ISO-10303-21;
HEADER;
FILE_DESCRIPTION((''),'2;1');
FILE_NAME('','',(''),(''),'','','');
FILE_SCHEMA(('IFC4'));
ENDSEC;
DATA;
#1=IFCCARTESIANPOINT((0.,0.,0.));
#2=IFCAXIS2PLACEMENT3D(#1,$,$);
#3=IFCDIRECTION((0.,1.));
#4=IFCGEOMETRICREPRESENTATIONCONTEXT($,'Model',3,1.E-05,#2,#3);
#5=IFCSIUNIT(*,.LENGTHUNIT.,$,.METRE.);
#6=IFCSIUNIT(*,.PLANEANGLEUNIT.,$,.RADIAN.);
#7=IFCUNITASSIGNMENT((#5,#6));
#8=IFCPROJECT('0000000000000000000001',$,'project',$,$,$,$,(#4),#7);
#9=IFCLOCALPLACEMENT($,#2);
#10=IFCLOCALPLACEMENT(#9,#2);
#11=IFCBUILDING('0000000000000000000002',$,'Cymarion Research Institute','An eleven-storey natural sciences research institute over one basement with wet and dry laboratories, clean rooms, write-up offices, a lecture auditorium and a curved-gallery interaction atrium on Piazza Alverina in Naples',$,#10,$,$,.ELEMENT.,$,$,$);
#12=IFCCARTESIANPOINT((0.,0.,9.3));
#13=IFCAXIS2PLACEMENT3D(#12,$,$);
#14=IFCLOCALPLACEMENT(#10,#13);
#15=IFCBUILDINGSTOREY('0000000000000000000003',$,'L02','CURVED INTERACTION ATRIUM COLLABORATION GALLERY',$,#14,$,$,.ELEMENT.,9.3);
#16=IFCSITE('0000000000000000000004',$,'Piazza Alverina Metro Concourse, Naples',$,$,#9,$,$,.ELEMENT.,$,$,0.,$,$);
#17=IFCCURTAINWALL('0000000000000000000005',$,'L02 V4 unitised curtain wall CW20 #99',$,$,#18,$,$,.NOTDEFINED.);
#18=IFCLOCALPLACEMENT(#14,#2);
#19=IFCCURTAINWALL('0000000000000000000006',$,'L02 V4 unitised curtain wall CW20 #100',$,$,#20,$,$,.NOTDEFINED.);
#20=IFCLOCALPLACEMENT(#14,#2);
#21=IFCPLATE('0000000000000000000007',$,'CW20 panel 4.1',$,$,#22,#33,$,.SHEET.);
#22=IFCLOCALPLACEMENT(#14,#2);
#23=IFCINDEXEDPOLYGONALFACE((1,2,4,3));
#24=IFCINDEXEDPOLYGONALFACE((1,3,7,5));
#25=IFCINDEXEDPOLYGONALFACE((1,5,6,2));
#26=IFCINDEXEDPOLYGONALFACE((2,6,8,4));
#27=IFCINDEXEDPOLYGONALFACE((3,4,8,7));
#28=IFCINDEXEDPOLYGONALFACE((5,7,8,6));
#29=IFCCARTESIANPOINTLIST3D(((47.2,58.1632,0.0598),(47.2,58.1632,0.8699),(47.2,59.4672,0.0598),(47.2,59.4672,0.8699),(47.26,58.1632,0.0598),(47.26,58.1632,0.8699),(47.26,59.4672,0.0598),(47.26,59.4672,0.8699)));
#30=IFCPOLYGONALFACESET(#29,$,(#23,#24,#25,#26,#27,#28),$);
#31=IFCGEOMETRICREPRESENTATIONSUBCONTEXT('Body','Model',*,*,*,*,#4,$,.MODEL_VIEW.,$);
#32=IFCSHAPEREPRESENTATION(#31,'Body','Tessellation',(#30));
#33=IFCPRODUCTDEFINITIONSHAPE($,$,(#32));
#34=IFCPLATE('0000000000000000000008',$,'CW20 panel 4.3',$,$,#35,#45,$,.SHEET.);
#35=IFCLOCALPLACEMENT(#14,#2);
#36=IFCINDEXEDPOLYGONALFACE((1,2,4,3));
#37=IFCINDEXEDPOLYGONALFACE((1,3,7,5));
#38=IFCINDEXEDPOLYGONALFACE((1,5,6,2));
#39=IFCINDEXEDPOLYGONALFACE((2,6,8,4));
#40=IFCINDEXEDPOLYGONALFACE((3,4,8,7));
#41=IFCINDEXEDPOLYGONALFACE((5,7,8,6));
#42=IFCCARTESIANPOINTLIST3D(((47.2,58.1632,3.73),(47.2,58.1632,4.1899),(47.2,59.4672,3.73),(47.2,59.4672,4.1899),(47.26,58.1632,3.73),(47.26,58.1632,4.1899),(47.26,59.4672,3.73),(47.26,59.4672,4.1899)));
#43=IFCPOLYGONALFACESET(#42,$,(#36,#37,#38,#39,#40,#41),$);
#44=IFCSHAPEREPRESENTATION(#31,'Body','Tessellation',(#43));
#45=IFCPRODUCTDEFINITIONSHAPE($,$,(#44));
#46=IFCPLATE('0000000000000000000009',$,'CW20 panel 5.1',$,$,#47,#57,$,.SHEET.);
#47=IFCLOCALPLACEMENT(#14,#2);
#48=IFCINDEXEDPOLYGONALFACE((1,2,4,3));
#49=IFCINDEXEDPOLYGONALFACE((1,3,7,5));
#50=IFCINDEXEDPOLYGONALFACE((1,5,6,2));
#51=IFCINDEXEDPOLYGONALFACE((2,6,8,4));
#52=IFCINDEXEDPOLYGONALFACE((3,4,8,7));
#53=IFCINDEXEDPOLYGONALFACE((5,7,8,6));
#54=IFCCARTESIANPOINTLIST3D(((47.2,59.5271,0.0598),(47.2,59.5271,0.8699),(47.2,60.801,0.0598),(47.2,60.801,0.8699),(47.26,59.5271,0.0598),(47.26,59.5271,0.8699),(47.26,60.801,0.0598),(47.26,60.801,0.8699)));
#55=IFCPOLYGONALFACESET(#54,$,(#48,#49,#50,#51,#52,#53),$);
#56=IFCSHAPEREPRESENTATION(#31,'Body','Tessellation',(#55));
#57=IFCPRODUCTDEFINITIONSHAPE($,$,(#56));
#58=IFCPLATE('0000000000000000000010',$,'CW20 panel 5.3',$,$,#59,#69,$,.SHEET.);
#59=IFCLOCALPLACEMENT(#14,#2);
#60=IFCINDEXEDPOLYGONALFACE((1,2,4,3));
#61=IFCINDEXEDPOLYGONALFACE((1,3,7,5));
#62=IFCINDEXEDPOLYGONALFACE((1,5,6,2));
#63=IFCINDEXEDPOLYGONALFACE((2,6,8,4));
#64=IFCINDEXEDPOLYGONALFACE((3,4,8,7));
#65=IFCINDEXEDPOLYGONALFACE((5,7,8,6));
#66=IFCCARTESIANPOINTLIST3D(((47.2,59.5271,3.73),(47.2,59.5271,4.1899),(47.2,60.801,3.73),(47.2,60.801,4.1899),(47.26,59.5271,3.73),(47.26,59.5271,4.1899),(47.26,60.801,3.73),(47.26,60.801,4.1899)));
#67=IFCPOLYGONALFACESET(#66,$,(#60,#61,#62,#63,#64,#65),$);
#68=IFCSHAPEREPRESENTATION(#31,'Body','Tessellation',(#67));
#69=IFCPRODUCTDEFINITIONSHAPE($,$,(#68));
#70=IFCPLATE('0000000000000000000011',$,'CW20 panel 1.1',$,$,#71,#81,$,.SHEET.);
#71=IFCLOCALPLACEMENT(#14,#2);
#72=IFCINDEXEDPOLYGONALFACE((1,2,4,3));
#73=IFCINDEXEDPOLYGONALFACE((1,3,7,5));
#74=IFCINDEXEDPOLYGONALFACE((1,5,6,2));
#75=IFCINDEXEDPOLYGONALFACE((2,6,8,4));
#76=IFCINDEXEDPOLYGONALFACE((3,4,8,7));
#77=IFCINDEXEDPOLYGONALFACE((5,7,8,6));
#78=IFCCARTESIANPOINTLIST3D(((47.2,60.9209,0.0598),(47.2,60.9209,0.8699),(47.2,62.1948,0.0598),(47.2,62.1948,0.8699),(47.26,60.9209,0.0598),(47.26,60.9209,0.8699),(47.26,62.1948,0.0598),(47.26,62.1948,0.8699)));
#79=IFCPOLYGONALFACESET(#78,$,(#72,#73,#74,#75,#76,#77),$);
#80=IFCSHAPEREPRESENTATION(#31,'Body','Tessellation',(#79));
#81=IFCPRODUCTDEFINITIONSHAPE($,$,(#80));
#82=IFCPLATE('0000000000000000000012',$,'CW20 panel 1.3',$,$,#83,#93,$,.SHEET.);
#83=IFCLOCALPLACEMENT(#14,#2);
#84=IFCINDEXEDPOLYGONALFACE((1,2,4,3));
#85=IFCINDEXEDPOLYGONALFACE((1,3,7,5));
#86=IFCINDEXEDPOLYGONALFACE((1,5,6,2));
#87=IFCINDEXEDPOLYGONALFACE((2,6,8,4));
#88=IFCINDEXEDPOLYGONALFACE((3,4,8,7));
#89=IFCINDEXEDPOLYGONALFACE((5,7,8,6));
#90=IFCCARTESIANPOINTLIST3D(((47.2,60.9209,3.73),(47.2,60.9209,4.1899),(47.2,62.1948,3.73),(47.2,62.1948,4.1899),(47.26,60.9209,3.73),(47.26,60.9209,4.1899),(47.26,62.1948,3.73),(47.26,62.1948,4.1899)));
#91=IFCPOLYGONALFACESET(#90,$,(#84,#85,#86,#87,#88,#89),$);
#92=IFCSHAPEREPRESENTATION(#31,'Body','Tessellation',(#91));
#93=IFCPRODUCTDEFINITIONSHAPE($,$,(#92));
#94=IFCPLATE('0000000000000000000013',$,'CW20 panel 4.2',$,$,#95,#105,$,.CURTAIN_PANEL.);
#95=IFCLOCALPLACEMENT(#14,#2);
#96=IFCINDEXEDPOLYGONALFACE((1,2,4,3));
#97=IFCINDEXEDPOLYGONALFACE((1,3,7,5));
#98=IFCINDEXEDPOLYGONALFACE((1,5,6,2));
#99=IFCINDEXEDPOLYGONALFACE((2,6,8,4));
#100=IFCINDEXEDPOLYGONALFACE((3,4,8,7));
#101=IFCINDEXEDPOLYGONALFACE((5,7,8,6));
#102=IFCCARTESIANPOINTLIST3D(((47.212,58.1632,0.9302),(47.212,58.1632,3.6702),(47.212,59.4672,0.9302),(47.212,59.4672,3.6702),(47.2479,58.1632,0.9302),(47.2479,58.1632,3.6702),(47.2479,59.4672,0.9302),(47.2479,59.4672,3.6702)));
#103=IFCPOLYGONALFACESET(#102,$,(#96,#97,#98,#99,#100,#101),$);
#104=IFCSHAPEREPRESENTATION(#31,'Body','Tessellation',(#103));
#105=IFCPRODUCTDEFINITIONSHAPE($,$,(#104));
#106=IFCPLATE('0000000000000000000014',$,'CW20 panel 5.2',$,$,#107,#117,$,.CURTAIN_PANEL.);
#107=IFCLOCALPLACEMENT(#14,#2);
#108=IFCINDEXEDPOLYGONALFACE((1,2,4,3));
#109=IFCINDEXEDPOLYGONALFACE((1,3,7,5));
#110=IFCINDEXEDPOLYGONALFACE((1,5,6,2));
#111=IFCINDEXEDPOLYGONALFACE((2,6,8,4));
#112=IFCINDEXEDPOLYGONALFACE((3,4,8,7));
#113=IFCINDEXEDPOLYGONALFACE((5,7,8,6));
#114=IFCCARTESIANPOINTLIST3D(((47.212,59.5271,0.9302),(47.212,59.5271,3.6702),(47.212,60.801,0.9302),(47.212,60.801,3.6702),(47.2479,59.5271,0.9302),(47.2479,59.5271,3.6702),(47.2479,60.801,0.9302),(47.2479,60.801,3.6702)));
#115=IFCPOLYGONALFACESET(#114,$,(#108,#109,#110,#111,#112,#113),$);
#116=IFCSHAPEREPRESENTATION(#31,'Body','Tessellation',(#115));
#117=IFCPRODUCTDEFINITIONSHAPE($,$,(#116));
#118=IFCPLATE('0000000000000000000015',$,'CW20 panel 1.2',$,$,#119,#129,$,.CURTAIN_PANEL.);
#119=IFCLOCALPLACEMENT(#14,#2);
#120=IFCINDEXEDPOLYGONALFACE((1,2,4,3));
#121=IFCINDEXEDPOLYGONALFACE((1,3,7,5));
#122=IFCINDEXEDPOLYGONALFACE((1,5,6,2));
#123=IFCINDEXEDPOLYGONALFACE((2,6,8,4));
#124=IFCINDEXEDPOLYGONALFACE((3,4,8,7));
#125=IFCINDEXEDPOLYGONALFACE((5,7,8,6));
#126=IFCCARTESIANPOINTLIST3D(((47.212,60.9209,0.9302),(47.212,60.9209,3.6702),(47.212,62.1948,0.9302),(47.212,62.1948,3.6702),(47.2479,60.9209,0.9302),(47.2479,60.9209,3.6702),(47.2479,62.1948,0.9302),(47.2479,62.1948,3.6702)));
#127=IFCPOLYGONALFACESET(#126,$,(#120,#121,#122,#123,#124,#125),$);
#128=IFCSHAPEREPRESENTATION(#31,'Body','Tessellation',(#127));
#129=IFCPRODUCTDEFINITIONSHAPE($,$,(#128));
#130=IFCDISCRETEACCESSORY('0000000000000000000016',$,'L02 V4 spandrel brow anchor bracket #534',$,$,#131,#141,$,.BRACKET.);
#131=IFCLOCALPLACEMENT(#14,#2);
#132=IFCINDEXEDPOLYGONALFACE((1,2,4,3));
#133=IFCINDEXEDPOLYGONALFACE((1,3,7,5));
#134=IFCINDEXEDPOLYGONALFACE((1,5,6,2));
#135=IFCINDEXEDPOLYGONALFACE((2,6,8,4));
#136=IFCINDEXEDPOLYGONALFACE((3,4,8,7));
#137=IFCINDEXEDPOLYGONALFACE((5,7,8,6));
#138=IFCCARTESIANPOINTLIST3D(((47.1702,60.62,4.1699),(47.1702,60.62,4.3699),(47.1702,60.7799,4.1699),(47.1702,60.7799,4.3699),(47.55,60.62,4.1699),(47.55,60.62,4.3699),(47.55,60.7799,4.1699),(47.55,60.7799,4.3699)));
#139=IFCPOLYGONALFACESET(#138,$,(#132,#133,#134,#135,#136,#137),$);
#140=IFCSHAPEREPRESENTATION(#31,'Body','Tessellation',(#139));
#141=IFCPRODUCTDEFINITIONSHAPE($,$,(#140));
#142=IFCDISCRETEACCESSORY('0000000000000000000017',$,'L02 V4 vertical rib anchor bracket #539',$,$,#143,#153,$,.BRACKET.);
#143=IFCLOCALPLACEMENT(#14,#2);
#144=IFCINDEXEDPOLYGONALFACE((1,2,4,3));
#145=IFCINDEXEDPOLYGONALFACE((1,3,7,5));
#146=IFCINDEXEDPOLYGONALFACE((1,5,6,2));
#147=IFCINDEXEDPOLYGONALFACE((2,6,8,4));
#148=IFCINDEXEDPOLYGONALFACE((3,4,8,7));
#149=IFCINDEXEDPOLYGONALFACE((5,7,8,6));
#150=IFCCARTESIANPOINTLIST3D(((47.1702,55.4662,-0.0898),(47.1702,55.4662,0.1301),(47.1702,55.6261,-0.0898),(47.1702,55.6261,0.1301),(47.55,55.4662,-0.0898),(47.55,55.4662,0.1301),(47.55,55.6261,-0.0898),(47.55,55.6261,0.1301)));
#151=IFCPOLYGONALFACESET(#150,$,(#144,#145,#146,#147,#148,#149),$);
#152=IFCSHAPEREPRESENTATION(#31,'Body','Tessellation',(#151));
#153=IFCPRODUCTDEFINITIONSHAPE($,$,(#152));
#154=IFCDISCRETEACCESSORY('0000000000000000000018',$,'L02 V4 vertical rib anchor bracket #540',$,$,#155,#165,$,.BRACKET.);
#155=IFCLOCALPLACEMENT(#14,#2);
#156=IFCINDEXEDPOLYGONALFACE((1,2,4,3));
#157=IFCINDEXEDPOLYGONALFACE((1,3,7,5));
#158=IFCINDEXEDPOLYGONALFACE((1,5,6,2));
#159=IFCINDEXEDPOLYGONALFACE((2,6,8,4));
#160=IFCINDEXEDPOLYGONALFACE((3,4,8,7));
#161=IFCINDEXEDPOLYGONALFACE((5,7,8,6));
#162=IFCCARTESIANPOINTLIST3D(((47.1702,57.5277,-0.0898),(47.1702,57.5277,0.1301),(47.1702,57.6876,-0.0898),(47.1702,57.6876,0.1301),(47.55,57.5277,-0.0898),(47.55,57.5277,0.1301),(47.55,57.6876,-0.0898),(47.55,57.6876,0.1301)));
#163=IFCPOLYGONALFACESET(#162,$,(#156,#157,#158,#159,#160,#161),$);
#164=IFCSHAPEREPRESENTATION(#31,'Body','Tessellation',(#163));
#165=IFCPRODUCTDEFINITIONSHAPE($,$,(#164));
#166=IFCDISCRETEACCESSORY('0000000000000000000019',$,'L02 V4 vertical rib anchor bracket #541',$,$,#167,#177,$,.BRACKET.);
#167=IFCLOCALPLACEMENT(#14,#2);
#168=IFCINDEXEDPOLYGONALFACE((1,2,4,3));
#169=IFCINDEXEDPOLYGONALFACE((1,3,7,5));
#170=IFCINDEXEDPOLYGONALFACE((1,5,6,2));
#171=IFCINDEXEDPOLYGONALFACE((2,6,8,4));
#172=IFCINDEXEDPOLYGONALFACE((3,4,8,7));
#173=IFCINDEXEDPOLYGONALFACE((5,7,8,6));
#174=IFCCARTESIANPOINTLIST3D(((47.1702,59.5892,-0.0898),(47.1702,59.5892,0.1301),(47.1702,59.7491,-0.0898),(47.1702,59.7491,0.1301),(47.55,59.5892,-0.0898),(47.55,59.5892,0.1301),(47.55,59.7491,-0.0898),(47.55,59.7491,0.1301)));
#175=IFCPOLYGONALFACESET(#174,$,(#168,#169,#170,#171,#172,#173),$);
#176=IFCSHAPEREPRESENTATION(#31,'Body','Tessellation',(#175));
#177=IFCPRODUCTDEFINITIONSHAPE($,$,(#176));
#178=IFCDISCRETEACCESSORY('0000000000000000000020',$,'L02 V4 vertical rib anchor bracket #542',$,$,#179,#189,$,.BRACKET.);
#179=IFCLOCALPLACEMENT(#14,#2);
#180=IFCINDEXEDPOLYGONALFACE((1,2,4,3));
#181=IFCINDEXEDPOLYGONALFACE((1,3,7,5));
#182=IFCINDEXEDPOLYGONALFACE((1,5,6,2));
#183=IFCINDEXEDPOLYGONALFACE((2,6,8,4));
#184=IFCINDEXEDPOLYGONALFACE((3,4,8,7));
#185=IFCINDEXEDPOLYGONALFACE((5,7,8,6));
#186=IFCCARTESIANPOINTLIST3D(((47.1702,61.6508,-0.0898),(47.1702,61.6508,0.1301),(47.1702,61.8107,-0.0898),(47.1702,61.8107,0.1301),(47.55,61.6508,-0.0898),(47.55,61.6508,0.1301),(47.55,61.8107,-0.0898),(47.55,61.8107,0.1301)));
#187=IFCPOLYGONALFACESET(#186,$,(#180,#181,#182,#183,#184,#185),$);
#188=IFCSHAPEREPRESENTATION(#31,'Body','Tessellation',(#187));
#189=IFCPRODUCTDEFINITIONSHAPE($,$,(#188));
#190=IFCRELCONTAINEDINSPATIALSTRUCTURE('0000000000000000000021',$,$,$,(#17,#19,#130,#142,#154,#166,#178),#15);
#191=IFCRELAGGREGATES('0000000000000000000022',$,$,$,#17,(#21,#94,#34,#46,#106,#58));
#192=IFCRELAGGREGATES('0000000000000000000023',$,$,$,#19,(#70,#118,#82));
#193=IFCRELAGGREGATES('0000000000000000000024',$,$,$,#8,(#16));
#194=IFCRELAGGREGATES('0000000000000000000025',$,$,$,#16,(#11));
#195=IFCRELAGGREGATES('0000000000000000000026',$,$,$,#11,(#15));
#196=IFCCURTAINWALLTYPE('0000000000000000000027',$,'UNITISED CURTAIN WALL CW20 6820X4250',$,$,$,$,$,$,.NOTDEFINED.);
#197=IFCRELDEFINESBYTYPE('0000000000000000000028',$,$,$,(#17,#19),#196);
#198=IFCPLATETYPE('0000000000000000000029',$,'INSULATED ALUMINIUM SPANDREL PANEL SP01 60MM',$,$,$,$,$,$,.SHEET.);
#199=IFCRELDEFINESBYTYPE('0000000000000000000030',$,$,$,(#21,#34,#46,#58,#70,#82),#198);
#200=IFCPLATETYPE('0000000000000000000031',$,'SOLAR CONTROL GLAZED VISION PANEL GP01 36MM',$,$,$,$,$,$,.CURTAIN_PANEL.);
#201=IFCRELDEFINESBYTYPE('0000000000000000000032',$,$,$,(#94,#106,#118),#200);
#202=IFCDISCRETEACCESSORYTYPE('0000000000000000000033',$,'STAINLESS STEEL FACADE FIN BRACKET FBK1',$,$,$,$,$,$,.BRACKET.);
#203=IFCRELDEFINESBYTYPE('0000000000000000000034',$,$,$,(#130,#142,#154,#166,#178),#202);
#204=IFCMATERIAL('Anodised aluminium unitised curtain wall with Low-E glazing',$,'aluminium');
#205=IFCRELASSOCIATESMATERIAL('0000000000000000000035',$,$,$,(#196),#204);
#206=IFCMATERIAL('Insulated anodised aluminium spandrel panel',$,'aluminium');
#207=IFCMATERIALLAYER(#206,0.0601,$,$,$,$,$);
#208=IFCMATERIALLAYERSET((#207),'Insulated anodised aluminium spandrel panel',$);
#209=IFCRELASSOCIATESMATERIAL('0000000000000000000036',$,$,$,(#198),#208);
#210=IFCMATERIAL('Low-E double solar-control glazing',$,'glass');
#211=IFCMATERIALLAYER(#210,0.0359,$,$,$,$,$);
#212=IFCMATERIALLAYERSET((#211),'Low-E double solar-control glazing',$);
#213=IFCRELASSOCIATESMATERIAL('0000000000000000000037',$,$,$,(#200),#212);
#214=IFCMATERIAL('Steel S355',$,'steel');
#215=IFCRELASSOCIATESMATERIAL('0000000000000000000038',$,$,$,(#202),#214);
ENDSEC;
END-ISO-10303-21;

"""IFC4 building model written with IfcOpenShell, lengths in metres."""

from ifc_helpers import new_model, si_unit, direction, frame, origin, origin_2d, place, context, subcontext, project, spatial, rectangle, extrude, material, layer, layer_set, type_object, element, aggregate, save


model = new_model("IFC4")

# Units and contexts
model_context = context("Model", 3, precision=1e-05, world=origin(), true_north=direction((0.0, 1.0)))
body_context = subcontext(model_context, "Body", "Model", "MODEL_VIEW")
ifc_project = project(units=[si_unit("LENGTHUNIT", "METRE"), si_unit("PLANEANGLEUNIT", "RADIAN")], contexts=[model_context])

# Site, building, storey
site_placement = place(None, origin())
site = spatial("IfcSite", under=ifc_project, at=site_placement, Name="Piazza Alverina Metro Concourse, Naples", CompositionType="ELEMENT", RefElevation=0.0)
building_placement = place(site_placement, origin())
building = spatial("IfcBuilding", under=site, at=building_placement, Name="Cymarion Research Institute", Description="An eleven-storey natural sciences research institute over one basement with wet and dry laboratories, clean rooms, write-up offices, a lecture auditorium and a curved-gallery interaction atrium on Piazza Alverina in Naples", CompositionType="ELEMENT")
storey_placement = place(building_placement, frame((0.0, 0.0, 9.3)))
storey = spatial("IfcBuildingStorey", under=building, at=storey_placement, Name="L02", Description="CURVED INTERACTION ATRIUM COLLABORATION GALLERY", CompositionType="ELEMENT", Elevation=9.3)

# Curtain walls
ifc_material_1 = material(Name="Anodised aluminium unitised curtain wall with Low-E glazing", Category="aluminium")
curtain_wall_type = type_object("IfcCurtainWallType", Name="UNITISED CURTAIN WALL CW20 6820X4250", PredefinedType="NOTDEFINED", material=ifc_material_1)
curtain_wall_1_placement = place(storey_placement, origin())
curtain_wall_1 = element("IfcCurtainWall", 1, at=curtain_wall_1_placement, inside=storey, type_object=curtain_wall_type, Name="L02 V4 unitised curtain wall CW20 #99", PredefinedType="NOTDEFINED")
curtain_wall_2_placement = place(storey_placement, origin())
curtain_wall_2 = element("IfcCurtainWall", 2, at=curtain_wall_2_placement, inside=storey, type_object=curtain_wall_type, Name="L02 V4 unitised curtain wall CW20 #100", PredefinedType="NOTDEFINED")

# Plates
ifc_material_2 = material(Name="Insulated anodised aluminium spandrel panel", Category="aluminium")
ifc_layer_1 = layer(ifc_material_2, 0.0601)
ifc_layer_set_1 = layer_set([ifc_layer_1], Name="Insulated anodised aluminium spandrel panel")
plate_type_1 = type_object("IfcPlateType", Name="INSULATED ALUMINIUM SPANDREL PANEL SP01 60MM", PredefinedType="SHEET", material=ifc_layer_set_1)
plate_1_placement = place(storey_placement, frame((47.23, 58.8152, 0.0598), z_axis=(0.0, 0.0, 1.0), x_axis=(0.0, 1.0, 0.0)))
plate_1 = element("IfcPlate", 3, at=plate_1_placement, type_object=plate_type_1, Name="CW20 panel 4.1", PredefinedType="SHEET", context=body_context, shape_type="SweptSolid", body=[
    extrude(rectangle(XDim=1.304, YDim=0.0601, at=origin_2d()), origin(), (0.0, 0.0, 1.0), 0.8101),
])
plate_2_placement = place(storey_placement, frame((47.23, 58.8152, 3.73), z_axis=(0.0, 0.0, 1.0), x_axis=(0.0, 1.0, 0.0)))
plate_2 = element("IfcPlate", 4, at=plate_2_placement, type_object=plate_type_1, Name="CW20 panel 4.3", PredefinedType="SHEET", context=body_context, shape_type="SweptSolid", body=[
    extrude(rectangle(XDim=1.304, YDim=0.0601, at=origin_2d()), origin(), (0.0, 0.0, 1.0), 0.46),
])
plate_3_placement = place(storey_placement, frame((47.23, 60.1641, 0.0598), z_axis=(0.0, 0.0, 1.0), x_axis=(0.0, 1.0, 0.0)))
plate_3 = element("IfcPlate", 5, at=plate_3_placement, type_object=plate_type_1, Name="CW20 panel 5.1", PredefinedType="SHEET", context=body_context, shape_type="SweptSolid", body=[
    extrude(rectangle(XDim=1.2739, YDim=0.0601, at=origin_2d()), origin(), (0.0, 0.0, 1.0), 0.8101),
])
plate_4_placement = place(storey_placement, frame((47.23, 60.1641, 3.73), z_axis=(0.0, 0.0, 1.0), x_axis=(0.0, 1.0, 0.0)))
plate_4 = element("IfcPlate", 6, at=plate_4_placement, type_object=plate_type_1, Name="CW20 panel 5.3", PredefinedType="SHEET", context=body_context, shape_type="SweptSolid", body=[
    extrude(rectangle(XDim=1.2739, YDim=0.0601, at=origin_2d()), origin(), (0.0, 0.0, 1.0), 0.46),
])
plate_5_placement = place(storey_placement, frame((47.23, 61.5579, 0.0598), z_axis=(0.0, 0.0, 1.0), x_axis=(0.0, 1.0, 0.0)))
plate_5 = element("IfcPlate", 7, at=plate_5_placement, type_object=plate_type_1, Name="CW20 panel 1.1", PredefinedType="SHEET", context=body_context, shape_type="SweptSolid", body=[
    extrude(rectangle(XDim=1.2739, YDim=0.0601, at=origin_2d()), origin(), (0.0, 0.0, 1.0), 0.8101),
])
plate_6_placement = place(storey_placement, frame((47.23, 61.5579, 3.73), z_axis=(0.0, 0.0, 1.0), x_axis=(0.0, 1.0, 0.0)))
plate_6 = element("IfcPlate", 8, at=plate_6_placement, type_object=plate_type_1, Name="CW20 panel 1.3", PredefinedType="SHEET", context=body_context, shape_type="SweptSolid", body=[
    extrude(rectangle(XDim=1.2739, YDim=0.0601, at=origin_2d()), origin(), (0.0, 0.0, 1.0), 0.46),
])
ifc_material_3 = material(Name="Low-E double solar-control glazing", Category="glass")
ifc_layer_2 = layer(ifc_material_3, 0.0359)
ifc_layer_set_2 = layer_set([ifc_layer_2], Name="Low-E double solar-control glazing")
plate_type_2 = type_object("IfcPlateType", Name="SOLAR CONTROL GLAZED VISION PANEL GP01 36MM", PredefinedType="CURTAIN_PANEL", material=ifc_layer_set_2)
plate_7_placement = place(storey_placement, frame((47.23, 58.8152, 0.9302), z_axis=(0.0, 0.0, 1.0), x_axis=(0.0, 1.0, 0.0)))
plate_7 = element("IfcPlate", 9, at=plate_7_placement, type_object=plate_type_2, Name="CW20 panel 4.2", PredefinedType="CURTAIN_PANEL", context=body_context, shape_type="SweptSolid", body=[
    extrude(rectangle(XDim=1.304, YDim=0.0359, at=origin_2d()), origin(), (0.0, 0.0, 1.0), 2.74),
])
plate_8_placement = place(storey_placement, frame((47.23, 60.1641, 0.9302), z_axis=(0.0, 0.0, 1.0), x_axis=(0.0, 1.0, 0.0)))
plate_8 = element("IfcPlate", 10, at=plate_8_placement, type_object=plate_type_2, Name="CW20 panel 5.2", PredefinedType="CURTAIN_PANEL", context=body_context, shape_type="SweptSolid", body=[
    extrude(rectangle(XDim=1.2739, YDim=0.0359, at=origin_2d()), origin(), (0.0, 0.0, 1.0), 2.74),
])
aggregate(curtain_wall_1, [plate_1, plate_7, plate_2, plate_3, plate_8, plate_4])
plate_9_placement = place(storey_placement, frame((47.23, 61.5579, 0.9302), z_axis=(0.0, 0.0, 1.0), x_axis=(0.0, 1.0, 0.0)))
plate_9 = element("IfcPlate", 11, at=plate_9_placement, type_object=plate_type_2, Name="CW20 panel 1.2", PredefinedType="CURTAIN_PANEL", context=body_context, shape_type="SweptSolid", body=[
    extrude(rectangle(XDim=1.2739, YDim=0.0359, at=origin_2d()), origin(), (0.0, 0.0, 1.0), 2.74),
])
aggregate(curtain_wall_2, [plate_5, plate_9, plate_6])

# Discrete accessories
ifc_material_4 = material(Name="Steel S355", Category="steel")
discrete_accessory_type = type_object("IfcDiscreteAccessoryType", Name="STAINLESS STEEL FACADE FIN BRACKET FBK1", PredefinedType="BRACKET", material=ifc_material_4)
discrete_accessory_placement = place(storey_placement, frame((47.3601, 60.7, 4.1699), z_axis=(0.0, 0.0, 1.0), x_axis=(1.0, 0.0, 0.0)))
element("IfcDiscreteAccessory", 12, at=discrete_accessory_placement, inside=storey, type_object=discrete_accessory_type, Name="L02 V4 spandrel brow anchor bracket #534", PredefinedType="BRACKET", context=body_context, shape_type="SweptSolid", body=[
    extrude(rectangle(XDim=0.3799, YDim=0.1599, at=origin_2d()), origin(), (0.0, 0.0, 1.0), 0.2),
])
for number, where, z_axis, x_axis, name in (
    (13, (47.3601, 55.5461, -0.0898), (0.0, 0.0, 1.0), (1.0, 0.0, 0.0), "L02 V4 vertical rib anchor bracket #539"),
    (14, (47.3601, 57.6077, -0.0898), (0.0, 0.0, 1.0), (1.0, 0.0, 0.0), "L02 V4 vertical rib anchor bracket #540"),
    (15, (47.3601, 59.6692, -0.0898), (0.0, 0.0, 1.0), (1.0, 0.0, 0.0), "L02 V4 vertical rib anchor bracket #541"),
    (16, (47.3601, 61.7307, -0.0898), (0.0, 0.0, 1.0), (1.0, 0.0, 0.0), "L02 V4 vertical rib anchor bracket #542"),
):
    element("IfcDiscreteAccessory", number, at=place(storey_placement, frame(where, z_axis=z_axis, x_axis=x_axis)), inside=storey, type_object=discrete_accessory_type, Name=name, PredefinedType="BRACKET", context=body_context, shape_type="SweptSolid", body=[
        extrude(rectangle(XDim=0.3799, YDim=0.1599, at=origin_2d()), origin(), (0.0, 0.0, 1.0), 0.22),
    ])

save(model, "model.ifc")
